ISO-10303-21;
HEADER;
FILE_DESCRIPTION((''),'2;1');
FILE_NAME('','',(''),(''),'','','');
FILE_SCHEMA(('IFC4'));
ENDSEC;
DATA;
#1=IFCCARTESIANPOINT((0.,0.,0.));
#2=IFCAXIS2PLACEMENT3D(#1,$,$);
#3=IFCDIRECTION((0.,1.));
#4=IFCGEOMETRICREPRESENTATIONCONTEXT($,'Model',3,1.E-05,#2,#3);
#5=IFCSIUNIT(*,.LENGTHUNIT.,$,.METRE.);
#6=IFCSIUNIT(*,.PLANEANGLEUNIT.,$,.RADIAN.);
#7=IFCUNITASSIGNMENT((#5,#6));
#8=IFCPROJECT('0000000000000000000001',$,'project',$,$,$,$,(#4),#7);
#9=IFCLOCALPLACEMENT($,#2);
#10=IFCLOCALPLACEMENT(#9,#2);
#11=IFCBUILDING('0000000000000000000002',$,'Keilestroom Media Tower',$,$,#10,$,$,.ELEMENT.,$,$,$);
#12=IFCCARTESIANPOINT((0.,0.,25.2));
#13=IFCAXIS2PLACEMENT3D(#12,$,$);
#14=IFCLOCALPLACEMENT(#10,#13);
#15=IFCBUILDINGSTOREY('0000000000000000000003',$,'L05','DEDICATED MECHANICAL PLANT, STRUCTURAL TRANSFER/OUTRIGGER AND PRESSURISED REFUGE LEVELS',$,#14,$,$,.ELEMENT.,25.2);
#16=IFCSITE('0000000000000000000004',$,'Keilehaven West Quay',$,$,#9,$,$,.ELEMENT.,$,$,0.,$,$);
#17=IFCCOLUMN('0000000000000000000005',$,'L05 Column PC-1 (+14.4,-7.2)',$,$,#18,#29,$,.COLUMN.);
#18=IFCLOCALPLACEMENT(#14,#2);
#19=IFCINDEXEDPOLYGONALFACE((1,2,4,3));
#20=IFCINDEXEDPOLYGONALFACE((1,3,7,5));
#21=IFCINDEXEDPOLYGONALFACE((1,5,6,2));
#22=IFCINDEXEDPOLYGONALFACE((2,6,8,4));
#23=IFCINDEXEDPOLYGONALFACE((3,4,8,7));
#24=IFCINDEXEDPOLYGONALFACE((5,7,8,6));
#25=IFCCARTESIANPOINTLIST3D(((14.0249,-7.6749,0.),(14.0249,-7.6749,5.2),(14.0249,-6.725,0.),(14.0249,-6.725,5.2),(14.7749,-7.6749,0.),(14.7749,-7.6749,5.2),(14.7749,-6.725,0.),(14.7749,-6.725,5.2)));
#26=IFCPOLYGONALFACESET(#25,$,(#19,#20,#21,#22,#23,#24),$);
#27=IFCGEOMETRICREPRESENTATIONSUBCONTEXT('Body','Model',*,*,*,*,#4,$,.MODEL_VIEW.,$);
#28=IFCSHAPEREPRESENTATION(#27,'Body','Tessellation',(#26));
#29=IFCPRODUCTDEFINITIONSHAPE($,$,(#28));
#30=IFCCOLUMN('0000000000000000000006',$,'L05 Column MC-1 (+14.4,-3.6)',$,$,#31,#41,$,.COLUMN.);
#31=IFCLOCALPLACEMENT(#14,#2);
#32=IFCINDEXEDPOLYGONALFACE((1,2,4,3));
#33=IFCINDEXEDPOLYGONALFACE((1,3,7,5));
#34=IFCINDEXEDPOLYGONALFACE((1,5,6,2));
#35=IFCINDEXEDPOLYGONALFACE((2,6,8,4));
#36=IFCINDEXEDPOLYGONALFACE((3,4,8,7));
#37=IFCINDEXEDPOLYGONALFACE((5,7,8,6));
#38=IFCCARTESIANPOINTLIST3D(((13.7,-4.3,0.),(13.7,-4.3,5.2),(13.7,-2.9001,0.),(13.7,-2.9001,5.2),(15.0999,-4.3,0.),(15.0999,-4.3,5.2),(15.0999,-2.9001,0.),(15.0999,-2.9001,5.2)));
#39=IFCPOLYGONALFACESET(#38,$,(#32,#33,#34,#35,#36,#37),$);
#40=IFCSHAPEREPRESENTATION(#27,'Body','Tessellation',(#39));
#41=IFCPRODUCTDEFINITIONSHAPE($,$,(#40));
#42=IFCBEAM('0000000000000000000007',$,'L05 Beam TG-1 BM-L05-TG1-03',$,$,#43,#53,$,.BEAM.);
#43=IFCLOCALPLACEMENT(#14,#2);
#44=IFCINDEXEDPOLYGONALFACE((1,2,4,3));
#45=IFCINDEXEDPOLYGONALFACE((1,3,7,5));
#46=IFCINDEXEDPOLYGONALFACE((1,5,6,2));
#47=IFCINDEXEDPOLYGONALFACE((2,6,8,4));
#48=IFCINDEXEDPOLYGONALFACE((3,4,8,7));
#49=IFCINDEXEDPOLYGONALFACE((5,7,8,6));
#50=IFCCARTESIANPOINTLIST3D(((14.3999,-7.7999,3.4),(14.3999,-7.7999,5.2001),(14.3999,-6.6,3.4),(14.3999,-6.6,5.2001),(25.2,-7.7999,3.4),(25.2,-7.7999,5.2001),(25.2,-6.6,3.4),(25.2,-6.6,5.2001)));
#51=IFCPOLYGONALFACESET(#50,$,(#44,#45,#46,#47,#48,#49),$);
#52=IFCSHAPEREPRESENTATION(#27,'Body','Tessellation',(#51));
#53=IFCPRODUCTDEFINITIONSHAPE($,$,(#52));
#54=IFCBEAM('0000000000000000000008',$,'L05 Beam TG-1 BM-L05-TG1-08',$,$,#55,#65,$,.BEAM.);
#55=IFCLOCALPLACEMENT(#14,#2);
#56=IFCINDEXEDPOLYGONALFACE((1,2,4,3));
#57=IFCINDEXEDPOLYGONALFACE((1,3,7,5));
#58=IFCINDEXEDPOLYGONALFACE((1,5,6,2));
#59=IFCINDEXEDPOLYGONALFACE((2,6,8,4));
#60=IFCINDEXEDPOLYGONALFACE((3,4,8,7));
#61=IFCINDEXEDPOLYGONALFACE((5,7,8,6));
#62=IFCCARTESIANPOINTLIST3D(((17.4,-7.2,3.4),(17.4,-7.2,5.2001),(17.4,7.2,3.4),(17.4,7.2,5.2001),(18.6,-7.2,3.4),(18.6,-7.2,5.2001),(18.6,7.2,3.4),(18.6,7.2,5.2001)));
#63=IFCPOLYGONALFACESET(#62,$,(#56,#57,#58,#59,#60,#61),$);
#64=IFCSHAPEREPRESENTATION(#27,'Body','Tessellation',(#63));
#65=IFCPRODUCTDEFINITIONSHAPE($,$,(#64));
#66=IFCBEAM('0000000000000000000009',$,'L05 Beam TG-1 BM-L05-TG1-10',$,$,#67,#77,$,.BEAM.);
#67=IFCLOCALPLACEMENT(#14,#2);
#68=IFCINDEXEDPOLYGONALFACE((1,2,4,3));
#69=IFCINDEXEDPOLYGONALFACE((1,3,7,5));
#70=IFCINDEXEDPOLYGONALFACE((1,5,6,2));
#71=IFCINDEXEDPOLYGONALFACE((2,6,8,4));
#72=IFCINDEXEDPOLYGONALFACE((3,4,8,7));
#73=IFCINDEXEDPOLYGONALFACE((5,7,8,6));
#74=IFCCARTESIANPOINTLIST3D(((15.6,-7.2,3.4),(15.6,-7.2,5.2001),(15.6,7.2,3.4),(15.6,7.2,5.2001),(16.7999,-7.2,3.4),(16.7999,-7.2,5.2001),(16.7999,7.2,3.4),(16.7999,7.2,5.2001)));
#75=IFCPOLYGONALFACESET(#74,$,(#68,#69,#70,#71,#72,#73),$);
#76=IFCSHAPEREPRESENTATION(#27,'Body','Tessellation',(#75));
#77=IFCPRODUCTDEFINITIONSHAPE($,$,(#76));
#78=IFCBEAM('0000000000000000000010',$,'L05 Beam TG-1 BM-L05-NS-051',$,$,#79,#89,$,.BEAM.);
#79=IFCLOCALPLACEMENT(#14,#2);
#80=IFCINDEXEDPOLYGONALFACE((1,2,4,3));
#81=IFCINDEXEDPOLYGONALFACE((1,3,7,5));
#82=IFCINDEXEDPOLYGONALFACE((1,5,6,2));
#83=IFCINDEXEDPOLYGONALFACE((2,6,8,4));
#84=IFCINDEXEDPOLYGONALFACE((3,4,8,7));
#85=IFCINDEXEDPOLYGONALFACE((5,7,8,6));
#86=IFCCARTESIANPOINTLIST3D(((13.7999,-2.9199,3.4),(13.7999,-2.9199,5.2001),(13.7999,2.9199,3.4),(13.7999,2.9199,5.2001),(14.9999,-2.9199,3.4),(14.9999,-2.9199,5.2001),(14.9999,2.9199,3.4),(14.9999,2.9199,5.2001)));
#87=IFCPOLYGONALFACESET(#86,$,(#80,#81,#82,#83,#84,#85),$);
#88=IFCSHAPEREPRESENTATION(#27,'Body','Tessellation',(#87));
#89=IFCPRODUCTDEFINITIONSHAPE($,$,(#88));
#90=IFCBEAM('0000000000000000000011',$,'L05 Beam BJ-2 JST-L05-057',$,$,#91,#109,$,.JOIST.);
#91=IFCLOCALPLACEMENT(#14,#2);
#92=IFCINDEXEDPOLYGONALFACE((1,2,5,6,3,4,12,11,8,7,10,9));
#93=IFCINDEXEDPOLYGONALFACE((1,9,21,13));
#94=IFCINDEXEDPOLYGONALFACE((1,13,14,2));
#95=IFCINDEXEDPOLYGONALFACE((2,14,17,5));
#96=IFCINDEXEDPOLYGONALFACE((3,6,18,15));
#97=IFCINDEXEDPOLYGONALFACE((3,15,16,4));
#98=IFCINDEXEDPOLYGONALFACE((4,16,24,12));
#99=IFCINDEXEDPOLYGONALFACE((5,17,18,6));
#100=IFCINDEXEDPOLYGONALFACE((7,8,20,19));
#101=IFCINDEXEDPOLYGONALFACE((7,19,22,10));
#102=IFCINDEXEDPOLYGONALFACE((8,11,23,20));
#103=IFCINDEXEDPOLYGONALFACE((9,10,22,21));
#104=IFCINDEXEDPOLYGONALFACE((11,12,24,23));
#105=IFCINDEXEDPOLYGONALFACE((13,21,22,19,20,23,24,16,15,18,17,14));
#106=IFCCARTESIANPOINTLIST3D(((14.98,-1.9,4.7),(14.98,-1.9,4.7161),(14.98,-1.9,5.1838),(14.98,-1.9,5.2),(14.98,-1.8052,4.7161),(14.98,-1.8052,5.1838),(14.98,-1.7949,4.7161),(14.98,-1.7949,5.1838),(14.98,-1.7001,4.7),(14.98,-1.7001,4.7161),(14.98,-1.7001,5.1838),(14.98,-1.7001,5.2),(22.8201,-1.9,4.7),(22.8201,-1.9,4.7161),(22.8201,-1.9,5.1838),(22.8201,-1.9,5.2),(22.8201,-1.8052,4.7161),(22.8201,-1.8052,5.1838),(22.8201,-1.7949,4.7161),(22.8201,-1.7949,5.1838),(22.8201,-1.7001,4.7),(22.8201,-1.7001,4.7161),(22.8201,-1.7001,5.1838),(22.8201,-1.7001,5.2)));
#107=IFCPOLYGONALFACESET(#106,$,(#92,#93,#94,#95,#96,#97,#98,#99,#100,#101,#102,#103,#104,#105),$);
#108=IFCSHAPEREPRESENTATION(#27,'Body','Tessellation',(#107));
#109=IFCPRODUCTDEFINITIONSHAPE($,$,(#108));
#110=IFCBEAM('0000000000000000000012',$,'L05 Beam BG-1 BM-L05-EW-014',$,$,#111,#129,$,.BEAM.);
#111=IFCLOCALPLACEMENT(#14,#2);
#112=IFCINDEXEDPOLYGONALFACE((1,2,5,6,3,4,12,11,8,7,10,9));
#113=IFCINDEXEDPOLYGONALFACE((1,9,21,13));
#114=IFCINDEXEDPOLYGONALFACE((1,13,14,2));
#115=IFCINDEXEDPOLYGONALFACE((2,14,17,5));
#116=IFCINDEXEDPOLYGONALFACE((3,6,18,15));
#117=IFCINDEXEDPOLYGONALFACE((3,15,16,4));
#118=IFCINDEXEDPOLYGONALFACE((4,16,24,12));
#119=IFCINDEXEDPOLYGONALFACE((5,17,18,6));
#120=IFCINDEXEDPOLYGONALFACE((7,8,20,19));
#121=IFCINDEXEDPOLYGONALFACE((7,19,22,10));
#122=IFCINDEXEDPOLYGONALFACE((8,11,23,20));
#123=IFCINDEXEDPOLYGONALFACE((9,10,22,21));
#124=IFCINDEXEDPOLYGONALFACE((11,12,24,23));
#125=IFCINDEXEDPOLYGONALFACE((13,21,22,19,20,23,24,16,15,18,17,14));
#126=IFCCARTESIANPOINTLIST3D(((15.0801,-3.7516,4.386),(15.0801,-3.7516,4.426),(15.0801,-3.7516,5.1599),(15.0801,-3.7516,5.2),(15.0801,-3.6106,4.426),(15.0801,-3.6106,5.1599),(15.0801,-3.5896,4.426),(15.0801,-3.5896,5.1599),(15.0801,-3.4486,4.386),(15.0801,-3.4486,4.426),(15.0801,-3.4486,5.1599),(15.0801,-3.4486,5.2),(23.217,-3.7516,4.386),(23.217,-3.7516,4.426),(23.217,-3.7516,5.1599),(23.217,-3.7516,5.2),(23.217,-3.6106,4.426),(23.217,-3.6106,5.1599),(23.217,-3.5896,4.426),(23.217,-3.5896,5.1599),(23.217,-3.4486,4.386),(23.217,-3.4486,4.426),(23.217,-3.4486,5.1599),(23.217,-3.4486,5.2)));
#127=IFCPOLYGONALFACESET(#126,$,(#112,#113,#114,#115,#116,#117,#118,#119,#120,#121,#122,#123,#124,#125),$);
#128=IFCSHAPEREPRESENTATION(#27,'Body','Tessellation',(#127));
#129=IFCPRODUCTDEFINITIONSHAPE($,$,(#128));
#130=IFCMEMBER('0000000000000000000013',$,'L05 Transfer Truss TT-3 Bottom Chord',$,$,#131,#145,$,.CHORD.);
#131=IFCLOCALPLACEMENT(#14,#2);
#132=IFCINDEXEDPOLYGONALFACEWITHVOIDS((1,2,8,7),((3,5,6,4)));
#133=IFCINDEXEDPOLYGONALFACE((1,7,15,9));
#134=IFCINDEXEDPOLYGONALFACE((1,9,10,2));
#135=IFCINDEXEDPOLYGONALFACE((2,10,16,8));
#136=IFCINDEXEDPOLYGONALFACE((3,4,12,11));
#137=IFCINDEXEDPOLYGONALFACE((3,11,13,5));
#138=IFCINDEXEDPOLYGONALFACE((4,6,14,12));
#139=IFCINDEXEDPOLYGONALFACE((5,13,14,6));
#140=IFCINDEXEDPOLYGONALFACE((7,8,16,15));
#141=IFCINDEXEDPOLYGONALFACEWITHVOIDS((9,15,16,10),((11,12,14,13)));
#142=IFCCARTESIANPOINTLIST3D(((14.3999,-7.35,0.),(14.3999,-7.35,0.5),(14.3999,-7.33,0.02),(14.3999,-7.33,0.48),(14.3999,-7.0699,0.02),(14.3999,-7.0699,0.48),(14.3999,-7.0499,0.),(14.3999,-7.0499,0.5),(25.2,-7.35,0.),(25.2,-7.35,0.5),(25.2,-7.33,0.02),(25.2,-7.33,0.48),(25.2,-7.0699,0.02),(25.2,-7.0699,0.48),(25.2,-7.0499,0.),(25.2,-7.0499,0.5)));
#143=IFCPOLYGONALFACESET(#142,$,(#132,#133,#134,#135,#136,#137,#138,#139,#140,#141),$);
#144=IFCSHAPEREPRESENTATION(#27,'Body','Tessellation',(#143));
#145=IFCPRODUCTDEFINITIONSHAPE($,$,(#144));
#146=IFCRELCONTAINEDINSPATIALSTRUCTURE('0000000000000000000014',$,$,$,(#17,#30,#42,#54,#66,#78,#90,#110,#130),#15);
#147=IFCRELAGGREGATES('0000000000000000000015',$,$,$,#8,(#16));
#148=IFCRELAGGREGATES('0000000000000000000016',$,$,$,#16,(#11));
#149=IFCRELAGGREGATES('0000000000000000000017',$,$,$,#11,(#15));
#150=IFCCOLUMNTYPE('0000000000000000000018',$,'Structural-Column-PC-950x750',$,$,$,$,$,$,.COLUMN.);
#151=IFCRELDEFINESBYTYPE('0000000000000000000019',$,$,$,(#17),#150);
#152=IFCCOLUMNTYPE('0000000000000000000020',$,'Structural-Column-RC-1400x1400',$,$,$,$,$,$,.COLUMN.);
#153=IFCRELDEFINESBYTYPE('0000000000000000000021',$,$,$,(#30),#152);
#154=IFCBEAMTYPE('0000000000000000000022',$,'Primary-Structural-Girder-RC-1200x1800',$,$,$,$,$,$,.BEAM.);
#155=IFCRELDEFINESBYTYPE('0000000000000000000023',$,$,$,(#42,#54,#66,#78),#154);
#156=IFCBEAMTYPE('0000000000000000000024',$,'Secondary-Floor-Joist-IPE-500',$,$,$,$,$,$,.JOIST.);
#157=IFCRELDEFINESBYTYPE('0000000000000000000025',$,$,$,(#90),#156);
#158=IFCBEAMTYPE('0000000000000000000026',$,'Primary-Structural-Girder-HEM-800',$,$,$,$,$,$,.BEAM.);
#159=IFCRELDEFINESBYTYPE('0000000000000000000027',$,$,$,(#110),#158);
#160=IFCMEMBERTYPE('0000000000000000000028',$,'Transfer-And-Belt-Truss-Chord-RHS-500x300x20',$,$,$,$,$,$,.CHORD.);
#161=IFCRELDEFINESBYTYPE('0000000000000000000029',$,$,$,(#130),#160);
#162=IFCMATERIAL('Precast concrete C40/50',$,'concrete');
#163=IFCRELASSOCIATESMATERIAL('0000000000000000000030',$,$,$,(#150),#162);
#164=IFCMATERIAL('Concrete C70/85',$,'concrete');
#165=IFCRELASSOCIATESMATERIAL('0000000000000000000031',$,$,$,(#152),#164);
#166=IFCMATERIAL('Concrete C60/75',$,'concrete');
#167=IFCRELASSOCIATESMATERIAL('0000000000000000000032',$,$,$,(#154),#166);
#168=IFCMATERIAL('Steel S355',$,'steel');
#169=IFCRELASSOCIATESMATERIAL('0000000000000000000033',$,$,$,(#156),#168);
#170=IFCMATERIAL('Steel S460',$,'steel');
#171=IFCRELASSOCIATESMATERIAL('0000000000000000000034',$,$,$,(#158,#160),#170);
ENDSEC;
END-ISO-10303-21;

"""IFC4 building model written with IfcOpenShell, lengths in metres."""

from ifc_helpers import new_model, si_unit, direction, frame, origin, origin_2d, place, context, subcontext, project, spatial, rectangle, hollow_rectangle, i_section, extrude, source, transform, mapped, material, material_profile, profile_set, type_object, element, save


model = new_model("IFC4")

# Units and contexts
model_context = context("Model", 3, precision=1e-05, world=origin(), true_north=direction((0.0, 1.0)))
body_context = subcontext(model_context, "Body", "Model", "MODEL_VIEW")
ifc_project = project(units=[si_unit("LENGTHUNIT", "METRE"), si_unit("PLANEANGLEUNIT", "RADIAN")], contexts=[model_context])

# Site, building, storey
site_placement = place(None, origin())
site = spatial("IfcSite", under=ifc_project, at=site_placement, Name="Keilehaven West Quay", CompositionType="ELEMENT", RefElevation=0.0)
building_placement = place(site_placement, origin())
building = spatial("IfcBuilding", under=site, at=building_placement, Name="Keilestroom Media Tower", CompositionType="ELEMENT")
storey_placement = place(building_placement, frame((0.0, 0.0, 25.2)))
storey = spatial("IfcBuildingStorey", under=building, at=storey_placement, Name="L05", Description="DEDICATED MECHANICAL PLANT, STRUCTURAL TRANSFER/OUTRIGGER AND PRESSURISED REFUGE LEVELS", CompositionType="ELEMENT", Elevation=25.2)

# Columns
ifc_material_1 = material(Name="Precast concrete C40/50", Category="concrete")
ifc_material_profile_1 = material_profile(ifc_material_1, rectangle(XDim=0.75, YDim=0.95, at=origin_2d()), Name="PC 950x750")
ifc_profile_set_1 = profile_set([ifc_material_profile_1], Name="Precast concrete C40/50")
column_type_1 = type_object("IfcColumnType", Name="Structural-Column-PC-950x750", PredefinedType="COLUMN", material=ifc_profile_set_1)
shared_shape_1 = source(origin(), body_context, "Body", "SweptSolid", [
    extrude(rectangle(XDim=0.75, YDim=0.95, at=origin_2d()), origin(), (0.0, 0.0, 1.0), 5.2),
])
column_1_placement = place(storey_placement, frame((14.3999, -7.2, 0.0), z_axis=(0.0, 0.0, 1.0), x_axis=(1.0, 0.0, 0.0)))
element("IfcColumn", 1, at=column_1_placement, inside=storey, type_object=column_type_1, Name="L05 Column PC-1 (+14.4,-7.2)", PredefinedType="COLUMN", context=body_context, shape_type="MappedRepresentation", body=[
    mapped(shared_shape_1, transform((0.0, 0.0, 0.0), x_axis=(1.0, 0.0, 0.0), y_axis=(0.0, 1.0, 0.0), z_axis=(0.0, 0.0, 1.0), scale=1.0)),
])
ifc_material_2 = material(Name="Concrete C70/85", Category="concrete")
ifc_material_profile_2 = material_profile(ifc_material_2, rectangle(XDim=1.3999, YDim=1.3999, at=origin_2d()), Name="RC 1400x1400")
ifc_profile_set_2 = profile_set([ifc_material_profile_2], Name="Concrete C70/85")
column_type_2 = type_object("IfcColumnType", Name="Structural-Column-RC-1400x1400", PredefinedType="COLUMN", material=ifc_profile_set_2)
shared_shape_2 = source(origin(), body_context, "Body", "SweptSolid", [
    extrude(rectangle(XDim=1.3999, YDim=1.3999, at=origin_2d()), origin(), (0.0, 0.0, 1.0), 5.2),
])
column_2_placement = place(storey_placement, frame((14.3999, -3.6001, 0.0), z_axis=(0.0, 0.0, 1.0), x_axis=(1.0, 0.0, 0.0)))
element("IfcColumn", 2, at=column_2_placement, inside=storey, type_object=column_type_2, Name="L05 Column MC-1 (+14.4,-3.6)", PredefinedType="COLUMN", context=body_context, shape_type="MappedRepresentation", body=[
    mapped(shared_shape_2, transform((0.0, 0.0, 0.0), x_axis=(1.0, 0.0, 0.0), y_axis=(0.0, 1.0, 0.0), z_axis=(0.0, 0.0, 1.0), scale=1.0)),
])

# Beams
ifc_material_3 = material(Name="Concrete C60/75", Category="concrete")
ifc_material_profile_3 = material_profile(ifc_material_3, rectangle(XDim=1.2, YDim=1.8, at=origin_2d()), Name="RC 1200x1800")
ifc_profile_set_3 = profile_set([ifc_material_profile_3], Name="Concrete C60/75")
beam_type_1 = type_object("IfcBeamType", Name="Primary-Structural-Girder-RC-1200x1800", PredefinedType="BEAM", material=ifc_profile_set_3)
shared_shape_3 = source(origin(), body_context, "Body", "SweptSolid", [
    extrude(rectangle(XDim=1.2, YDim=1.8, at=origin_2d()), origin(), (0.0, 0.0, 1.0), 10.8),
])
beam_1_placement = place(storey_placement, frame((14.3999, -7.2, 4.3), z_axis=(1.0, 0.0, 0.0), x_axis=(0.0, 1.0, 0.0)))
element("IfcBeam", 3, at=beam_1_placement, inside=storey, type_object=beam_type_1, Name="L05 Beam TG-1 BM-L05-TG1-03", PredefinedType="BEAM", context=body_context, shape_type="MappedRepresentation", body=[
    mapped(shared_shape_3, transform((0.0, 0.0, 0.0), x_axis=(1.0, 0.0, 0.0), y_axis=(0.0, 1.0, 0.0), z_axis=(0.0, 0.0, 1.0), scale=1.0)),
])
shared_shape_4 = source(origin(), body_context, "Body", "SweptSolid", [
    extrude(rectangle(XDim=1.2, YDim=1.8, at=origin_2d()), origin(), (0.0, 0.0, 1.0), 14.3999),
])
for number, where, z_axis, x_axis, name in (
    (4, (18.0, -7.2, 4.3), (0.0, 1.0, 0.0), (-1.0, 0.0, 0.0), "L05 Beam TG-1 BM-L05-TG1-08"),
    (5, (16.2, -7.2, 4.3), (0.0, 1.0, 0.0), (-1.0, 0.0, 0.0), "L05 Beam TG-1 BM-L05-TG1-10"),
):
    element("IfcBeam", number, at=place(storey_placement, frame(where, z_axis=z_axis, x_axis=x_axis)), inside=storey, type_object=beam_type_1, Name=name, PredefinedType="BEAM", context=body_context, shape_type="MappedRepresentation", body=[
        mapped(shared_shape_4, transform((0.0, 0.0, 0.0), x_axis=(1.0, 0.0, 0.0), y_axis=(0.0, 1.0, 0.0), z_axis=(0.0, 0.0, 1.0), scale=1.0)),
    ])
shared_shape_5 = source(origin(), body_context, "Body", "SweptSolid", [
    extrude(rectangle(XDim=1.2, YDim=1.8, at=origin_2d()), origin(), (0.0, 0.0, 1.0), 5.8398),
])
beam_2_placement = place(storey_placement, frame((14.3999, -2.9199, 4.3), z_axis=(0.0, 1.0, 0.0), x_axis=(-1.0, 0.0, 0.0)))
element("IfcBeam", 6, at=beam_2_placement, inside=storey, type_object=beam_type_1, Name="L05 Beam TG-1 BM-L05-NS-051", PredefinedType="BEAM", context=body_context, shape_type="MappedRepresentation", body=[
    mapped(shared_shape_5, transform((0.0, 0.0, 0.0), x_axis=(1.0, 0.0, 0.0), y_axis=(0.0, 1.0, 0.0), z_axis=(0.0, 0.0, 1.0), scale=1.0)),
])
ifc_material_4 = material(Name="Steel S355", Category="steel")
ifc_material_profile_4 = material_profile(ifc_material_4, i_section(OverallWidth=0.2, OverallDepth=0.5, WebThickness=0.0103, FlangeThickness=0.0161, at=origin_2d()), Name="IPE 500")
ifc_profile_set_4 = profile_set([ifc_material_profile_4], Name="Steel S355")
beam_type_2 = type_object("IfcBeamType", Name="Secondary-Floor-Joist-IPE-500", PredefinedType="JOIST", material=ifc_profile_set_4)
shared_shape_6 = source(origin(), body_context, "Body", "SweptSolid", [
    extrude(i_section(OverallWidth=0.2, OverallDepth=0.5, WebThickness=0.0103, FlangeThickness=0.0161, at=origin_2d()), origin(), (0.0, 0.0, 1.0), 7.8401),
])
beam_3_placement = place(storey_placement, frame((14.98, -1.8, 4.95), z_axis=(1.0, 0.0, 0.0), x_axis=(0.0, 1.0, 0.0)))
element("IfcBeam", 7, at=beam_3_placement, inside=storey, type_object=beam_type_2, Name="L05 Beam BJ-2 JST-L05-057", PredefinedType="JOIST", context=body_context, shape_type="MappedRepresentation", body=[
    mapped(shared_shape_6, transform((0.0, 0.0, 0.0), x_axis=(1.0, 0.0, 0.0), y_axis=(0.0, 1.0, 0.0), z_axis=(0.0, 0.0, 1.0), scale=1.0)),
])
ifc_material_5 = material(Name="Steel S460", Category="steel")
ifc_material_profile_5 = material_profile(ifc_material_5, i_section(OverallWidth=0.303, OverallDepth=0.814, WebThickness=0.021, FlangeThickness=0.04, at=origin_2d()), Name="HEM 800")
ifc_profile_set_5 = profile_set([ifc_material_profile_5], Name="Steel S460")
beam_type_3 = type_object("IfcBeamType", Name="Primary-Structural-Girder-HEM-800", PredefinedType="BEAM", material=ifc_profile_set_5)
shared_shape_7 = source(origin(), body_context, "Body", "SweptSolid", [
    extrude(i_section(OverallWidth=0.303, OverallDepth=0.814, WebThickness=0.021, FlangeThickness=0.04, at=origin_2d()), origin(), (0.0, 0.0, 1.0), 8.137),
])
beam_4_placement = place(storey_placement, frame((15.0801, -3.6001, 4.793), z_axis=(1.0, 0.0, 0.0), x_axis=(0.0, 1.0, 0.0)))
element("IfcBeam", 8, at=beam_4_placement, inside=storey, type_object=beam_type_3, Name="L05 Beam BG-1 BM-L05-EW-014", PredefinedType="BEAM", context=body_context, shape_type="MappedRepresentation", body=[
    mapped(shared_shape_7, transform((0.0, 0.0, 0.0), x_axis=(1.0, 0.0, 0.0), y_axis=(0.0, 1.0, 0.0), z_axis=(0.0, 0.0, 1.0), scale=1.0)),
])

# Member
ifc_material_profile_6 = material_profile(ifc_material_5, hollow_rectangle(XDim=0.3, YDim=0.5, WallThickness=0.02, at=origin_2d()), Name="RHS 500x300x20")
ifc_profile_set_6 = profile_set([ifc_material_profile_6], Name="Steel S460")
member_type_1 = type_object("IfcMemberType", Name="Transfer-And-Belt-Truss-Chord-RHS-500x300x20", PredefinedType="CHORD", material=ifc_profile_set_6)
shared_shape_8 = source(origin(), body_context, "Body", "SweptSolid", [
    extrude(hollow_rectangle(XDim=0.3, YDim=0.5, WallThickness=0.02, at=origin_2d()), origin(), (0.0, 0.0, 1.0), 10.8),
])
member_1_placement = place(storey_placement, frame((14.3999, -7.2, 0.25), z_axis=(1.0, 0.0, 0.0), x_axis=(0.0, 1.0, 0.0)))
element("IfcMember", 9, at=member_1_placement, inside=storey, type_object=member_type_1, Name="L05 Transfer Truss TT-3 Bottom Chord", PredefinedType="CHORD", context=body_context, shape_type="MappedRepresentation", body=[
    mapped(shared_shape_8, transform((0.0, 0.0, 0.0), x_axis=(1.0, 0.0, 0.0), y_axis=(0.0, 1.0, 0.0), z_axis=(0.0, 0.0, 1.0), scale=1.0)),
])

save(model, "model.ifc")
